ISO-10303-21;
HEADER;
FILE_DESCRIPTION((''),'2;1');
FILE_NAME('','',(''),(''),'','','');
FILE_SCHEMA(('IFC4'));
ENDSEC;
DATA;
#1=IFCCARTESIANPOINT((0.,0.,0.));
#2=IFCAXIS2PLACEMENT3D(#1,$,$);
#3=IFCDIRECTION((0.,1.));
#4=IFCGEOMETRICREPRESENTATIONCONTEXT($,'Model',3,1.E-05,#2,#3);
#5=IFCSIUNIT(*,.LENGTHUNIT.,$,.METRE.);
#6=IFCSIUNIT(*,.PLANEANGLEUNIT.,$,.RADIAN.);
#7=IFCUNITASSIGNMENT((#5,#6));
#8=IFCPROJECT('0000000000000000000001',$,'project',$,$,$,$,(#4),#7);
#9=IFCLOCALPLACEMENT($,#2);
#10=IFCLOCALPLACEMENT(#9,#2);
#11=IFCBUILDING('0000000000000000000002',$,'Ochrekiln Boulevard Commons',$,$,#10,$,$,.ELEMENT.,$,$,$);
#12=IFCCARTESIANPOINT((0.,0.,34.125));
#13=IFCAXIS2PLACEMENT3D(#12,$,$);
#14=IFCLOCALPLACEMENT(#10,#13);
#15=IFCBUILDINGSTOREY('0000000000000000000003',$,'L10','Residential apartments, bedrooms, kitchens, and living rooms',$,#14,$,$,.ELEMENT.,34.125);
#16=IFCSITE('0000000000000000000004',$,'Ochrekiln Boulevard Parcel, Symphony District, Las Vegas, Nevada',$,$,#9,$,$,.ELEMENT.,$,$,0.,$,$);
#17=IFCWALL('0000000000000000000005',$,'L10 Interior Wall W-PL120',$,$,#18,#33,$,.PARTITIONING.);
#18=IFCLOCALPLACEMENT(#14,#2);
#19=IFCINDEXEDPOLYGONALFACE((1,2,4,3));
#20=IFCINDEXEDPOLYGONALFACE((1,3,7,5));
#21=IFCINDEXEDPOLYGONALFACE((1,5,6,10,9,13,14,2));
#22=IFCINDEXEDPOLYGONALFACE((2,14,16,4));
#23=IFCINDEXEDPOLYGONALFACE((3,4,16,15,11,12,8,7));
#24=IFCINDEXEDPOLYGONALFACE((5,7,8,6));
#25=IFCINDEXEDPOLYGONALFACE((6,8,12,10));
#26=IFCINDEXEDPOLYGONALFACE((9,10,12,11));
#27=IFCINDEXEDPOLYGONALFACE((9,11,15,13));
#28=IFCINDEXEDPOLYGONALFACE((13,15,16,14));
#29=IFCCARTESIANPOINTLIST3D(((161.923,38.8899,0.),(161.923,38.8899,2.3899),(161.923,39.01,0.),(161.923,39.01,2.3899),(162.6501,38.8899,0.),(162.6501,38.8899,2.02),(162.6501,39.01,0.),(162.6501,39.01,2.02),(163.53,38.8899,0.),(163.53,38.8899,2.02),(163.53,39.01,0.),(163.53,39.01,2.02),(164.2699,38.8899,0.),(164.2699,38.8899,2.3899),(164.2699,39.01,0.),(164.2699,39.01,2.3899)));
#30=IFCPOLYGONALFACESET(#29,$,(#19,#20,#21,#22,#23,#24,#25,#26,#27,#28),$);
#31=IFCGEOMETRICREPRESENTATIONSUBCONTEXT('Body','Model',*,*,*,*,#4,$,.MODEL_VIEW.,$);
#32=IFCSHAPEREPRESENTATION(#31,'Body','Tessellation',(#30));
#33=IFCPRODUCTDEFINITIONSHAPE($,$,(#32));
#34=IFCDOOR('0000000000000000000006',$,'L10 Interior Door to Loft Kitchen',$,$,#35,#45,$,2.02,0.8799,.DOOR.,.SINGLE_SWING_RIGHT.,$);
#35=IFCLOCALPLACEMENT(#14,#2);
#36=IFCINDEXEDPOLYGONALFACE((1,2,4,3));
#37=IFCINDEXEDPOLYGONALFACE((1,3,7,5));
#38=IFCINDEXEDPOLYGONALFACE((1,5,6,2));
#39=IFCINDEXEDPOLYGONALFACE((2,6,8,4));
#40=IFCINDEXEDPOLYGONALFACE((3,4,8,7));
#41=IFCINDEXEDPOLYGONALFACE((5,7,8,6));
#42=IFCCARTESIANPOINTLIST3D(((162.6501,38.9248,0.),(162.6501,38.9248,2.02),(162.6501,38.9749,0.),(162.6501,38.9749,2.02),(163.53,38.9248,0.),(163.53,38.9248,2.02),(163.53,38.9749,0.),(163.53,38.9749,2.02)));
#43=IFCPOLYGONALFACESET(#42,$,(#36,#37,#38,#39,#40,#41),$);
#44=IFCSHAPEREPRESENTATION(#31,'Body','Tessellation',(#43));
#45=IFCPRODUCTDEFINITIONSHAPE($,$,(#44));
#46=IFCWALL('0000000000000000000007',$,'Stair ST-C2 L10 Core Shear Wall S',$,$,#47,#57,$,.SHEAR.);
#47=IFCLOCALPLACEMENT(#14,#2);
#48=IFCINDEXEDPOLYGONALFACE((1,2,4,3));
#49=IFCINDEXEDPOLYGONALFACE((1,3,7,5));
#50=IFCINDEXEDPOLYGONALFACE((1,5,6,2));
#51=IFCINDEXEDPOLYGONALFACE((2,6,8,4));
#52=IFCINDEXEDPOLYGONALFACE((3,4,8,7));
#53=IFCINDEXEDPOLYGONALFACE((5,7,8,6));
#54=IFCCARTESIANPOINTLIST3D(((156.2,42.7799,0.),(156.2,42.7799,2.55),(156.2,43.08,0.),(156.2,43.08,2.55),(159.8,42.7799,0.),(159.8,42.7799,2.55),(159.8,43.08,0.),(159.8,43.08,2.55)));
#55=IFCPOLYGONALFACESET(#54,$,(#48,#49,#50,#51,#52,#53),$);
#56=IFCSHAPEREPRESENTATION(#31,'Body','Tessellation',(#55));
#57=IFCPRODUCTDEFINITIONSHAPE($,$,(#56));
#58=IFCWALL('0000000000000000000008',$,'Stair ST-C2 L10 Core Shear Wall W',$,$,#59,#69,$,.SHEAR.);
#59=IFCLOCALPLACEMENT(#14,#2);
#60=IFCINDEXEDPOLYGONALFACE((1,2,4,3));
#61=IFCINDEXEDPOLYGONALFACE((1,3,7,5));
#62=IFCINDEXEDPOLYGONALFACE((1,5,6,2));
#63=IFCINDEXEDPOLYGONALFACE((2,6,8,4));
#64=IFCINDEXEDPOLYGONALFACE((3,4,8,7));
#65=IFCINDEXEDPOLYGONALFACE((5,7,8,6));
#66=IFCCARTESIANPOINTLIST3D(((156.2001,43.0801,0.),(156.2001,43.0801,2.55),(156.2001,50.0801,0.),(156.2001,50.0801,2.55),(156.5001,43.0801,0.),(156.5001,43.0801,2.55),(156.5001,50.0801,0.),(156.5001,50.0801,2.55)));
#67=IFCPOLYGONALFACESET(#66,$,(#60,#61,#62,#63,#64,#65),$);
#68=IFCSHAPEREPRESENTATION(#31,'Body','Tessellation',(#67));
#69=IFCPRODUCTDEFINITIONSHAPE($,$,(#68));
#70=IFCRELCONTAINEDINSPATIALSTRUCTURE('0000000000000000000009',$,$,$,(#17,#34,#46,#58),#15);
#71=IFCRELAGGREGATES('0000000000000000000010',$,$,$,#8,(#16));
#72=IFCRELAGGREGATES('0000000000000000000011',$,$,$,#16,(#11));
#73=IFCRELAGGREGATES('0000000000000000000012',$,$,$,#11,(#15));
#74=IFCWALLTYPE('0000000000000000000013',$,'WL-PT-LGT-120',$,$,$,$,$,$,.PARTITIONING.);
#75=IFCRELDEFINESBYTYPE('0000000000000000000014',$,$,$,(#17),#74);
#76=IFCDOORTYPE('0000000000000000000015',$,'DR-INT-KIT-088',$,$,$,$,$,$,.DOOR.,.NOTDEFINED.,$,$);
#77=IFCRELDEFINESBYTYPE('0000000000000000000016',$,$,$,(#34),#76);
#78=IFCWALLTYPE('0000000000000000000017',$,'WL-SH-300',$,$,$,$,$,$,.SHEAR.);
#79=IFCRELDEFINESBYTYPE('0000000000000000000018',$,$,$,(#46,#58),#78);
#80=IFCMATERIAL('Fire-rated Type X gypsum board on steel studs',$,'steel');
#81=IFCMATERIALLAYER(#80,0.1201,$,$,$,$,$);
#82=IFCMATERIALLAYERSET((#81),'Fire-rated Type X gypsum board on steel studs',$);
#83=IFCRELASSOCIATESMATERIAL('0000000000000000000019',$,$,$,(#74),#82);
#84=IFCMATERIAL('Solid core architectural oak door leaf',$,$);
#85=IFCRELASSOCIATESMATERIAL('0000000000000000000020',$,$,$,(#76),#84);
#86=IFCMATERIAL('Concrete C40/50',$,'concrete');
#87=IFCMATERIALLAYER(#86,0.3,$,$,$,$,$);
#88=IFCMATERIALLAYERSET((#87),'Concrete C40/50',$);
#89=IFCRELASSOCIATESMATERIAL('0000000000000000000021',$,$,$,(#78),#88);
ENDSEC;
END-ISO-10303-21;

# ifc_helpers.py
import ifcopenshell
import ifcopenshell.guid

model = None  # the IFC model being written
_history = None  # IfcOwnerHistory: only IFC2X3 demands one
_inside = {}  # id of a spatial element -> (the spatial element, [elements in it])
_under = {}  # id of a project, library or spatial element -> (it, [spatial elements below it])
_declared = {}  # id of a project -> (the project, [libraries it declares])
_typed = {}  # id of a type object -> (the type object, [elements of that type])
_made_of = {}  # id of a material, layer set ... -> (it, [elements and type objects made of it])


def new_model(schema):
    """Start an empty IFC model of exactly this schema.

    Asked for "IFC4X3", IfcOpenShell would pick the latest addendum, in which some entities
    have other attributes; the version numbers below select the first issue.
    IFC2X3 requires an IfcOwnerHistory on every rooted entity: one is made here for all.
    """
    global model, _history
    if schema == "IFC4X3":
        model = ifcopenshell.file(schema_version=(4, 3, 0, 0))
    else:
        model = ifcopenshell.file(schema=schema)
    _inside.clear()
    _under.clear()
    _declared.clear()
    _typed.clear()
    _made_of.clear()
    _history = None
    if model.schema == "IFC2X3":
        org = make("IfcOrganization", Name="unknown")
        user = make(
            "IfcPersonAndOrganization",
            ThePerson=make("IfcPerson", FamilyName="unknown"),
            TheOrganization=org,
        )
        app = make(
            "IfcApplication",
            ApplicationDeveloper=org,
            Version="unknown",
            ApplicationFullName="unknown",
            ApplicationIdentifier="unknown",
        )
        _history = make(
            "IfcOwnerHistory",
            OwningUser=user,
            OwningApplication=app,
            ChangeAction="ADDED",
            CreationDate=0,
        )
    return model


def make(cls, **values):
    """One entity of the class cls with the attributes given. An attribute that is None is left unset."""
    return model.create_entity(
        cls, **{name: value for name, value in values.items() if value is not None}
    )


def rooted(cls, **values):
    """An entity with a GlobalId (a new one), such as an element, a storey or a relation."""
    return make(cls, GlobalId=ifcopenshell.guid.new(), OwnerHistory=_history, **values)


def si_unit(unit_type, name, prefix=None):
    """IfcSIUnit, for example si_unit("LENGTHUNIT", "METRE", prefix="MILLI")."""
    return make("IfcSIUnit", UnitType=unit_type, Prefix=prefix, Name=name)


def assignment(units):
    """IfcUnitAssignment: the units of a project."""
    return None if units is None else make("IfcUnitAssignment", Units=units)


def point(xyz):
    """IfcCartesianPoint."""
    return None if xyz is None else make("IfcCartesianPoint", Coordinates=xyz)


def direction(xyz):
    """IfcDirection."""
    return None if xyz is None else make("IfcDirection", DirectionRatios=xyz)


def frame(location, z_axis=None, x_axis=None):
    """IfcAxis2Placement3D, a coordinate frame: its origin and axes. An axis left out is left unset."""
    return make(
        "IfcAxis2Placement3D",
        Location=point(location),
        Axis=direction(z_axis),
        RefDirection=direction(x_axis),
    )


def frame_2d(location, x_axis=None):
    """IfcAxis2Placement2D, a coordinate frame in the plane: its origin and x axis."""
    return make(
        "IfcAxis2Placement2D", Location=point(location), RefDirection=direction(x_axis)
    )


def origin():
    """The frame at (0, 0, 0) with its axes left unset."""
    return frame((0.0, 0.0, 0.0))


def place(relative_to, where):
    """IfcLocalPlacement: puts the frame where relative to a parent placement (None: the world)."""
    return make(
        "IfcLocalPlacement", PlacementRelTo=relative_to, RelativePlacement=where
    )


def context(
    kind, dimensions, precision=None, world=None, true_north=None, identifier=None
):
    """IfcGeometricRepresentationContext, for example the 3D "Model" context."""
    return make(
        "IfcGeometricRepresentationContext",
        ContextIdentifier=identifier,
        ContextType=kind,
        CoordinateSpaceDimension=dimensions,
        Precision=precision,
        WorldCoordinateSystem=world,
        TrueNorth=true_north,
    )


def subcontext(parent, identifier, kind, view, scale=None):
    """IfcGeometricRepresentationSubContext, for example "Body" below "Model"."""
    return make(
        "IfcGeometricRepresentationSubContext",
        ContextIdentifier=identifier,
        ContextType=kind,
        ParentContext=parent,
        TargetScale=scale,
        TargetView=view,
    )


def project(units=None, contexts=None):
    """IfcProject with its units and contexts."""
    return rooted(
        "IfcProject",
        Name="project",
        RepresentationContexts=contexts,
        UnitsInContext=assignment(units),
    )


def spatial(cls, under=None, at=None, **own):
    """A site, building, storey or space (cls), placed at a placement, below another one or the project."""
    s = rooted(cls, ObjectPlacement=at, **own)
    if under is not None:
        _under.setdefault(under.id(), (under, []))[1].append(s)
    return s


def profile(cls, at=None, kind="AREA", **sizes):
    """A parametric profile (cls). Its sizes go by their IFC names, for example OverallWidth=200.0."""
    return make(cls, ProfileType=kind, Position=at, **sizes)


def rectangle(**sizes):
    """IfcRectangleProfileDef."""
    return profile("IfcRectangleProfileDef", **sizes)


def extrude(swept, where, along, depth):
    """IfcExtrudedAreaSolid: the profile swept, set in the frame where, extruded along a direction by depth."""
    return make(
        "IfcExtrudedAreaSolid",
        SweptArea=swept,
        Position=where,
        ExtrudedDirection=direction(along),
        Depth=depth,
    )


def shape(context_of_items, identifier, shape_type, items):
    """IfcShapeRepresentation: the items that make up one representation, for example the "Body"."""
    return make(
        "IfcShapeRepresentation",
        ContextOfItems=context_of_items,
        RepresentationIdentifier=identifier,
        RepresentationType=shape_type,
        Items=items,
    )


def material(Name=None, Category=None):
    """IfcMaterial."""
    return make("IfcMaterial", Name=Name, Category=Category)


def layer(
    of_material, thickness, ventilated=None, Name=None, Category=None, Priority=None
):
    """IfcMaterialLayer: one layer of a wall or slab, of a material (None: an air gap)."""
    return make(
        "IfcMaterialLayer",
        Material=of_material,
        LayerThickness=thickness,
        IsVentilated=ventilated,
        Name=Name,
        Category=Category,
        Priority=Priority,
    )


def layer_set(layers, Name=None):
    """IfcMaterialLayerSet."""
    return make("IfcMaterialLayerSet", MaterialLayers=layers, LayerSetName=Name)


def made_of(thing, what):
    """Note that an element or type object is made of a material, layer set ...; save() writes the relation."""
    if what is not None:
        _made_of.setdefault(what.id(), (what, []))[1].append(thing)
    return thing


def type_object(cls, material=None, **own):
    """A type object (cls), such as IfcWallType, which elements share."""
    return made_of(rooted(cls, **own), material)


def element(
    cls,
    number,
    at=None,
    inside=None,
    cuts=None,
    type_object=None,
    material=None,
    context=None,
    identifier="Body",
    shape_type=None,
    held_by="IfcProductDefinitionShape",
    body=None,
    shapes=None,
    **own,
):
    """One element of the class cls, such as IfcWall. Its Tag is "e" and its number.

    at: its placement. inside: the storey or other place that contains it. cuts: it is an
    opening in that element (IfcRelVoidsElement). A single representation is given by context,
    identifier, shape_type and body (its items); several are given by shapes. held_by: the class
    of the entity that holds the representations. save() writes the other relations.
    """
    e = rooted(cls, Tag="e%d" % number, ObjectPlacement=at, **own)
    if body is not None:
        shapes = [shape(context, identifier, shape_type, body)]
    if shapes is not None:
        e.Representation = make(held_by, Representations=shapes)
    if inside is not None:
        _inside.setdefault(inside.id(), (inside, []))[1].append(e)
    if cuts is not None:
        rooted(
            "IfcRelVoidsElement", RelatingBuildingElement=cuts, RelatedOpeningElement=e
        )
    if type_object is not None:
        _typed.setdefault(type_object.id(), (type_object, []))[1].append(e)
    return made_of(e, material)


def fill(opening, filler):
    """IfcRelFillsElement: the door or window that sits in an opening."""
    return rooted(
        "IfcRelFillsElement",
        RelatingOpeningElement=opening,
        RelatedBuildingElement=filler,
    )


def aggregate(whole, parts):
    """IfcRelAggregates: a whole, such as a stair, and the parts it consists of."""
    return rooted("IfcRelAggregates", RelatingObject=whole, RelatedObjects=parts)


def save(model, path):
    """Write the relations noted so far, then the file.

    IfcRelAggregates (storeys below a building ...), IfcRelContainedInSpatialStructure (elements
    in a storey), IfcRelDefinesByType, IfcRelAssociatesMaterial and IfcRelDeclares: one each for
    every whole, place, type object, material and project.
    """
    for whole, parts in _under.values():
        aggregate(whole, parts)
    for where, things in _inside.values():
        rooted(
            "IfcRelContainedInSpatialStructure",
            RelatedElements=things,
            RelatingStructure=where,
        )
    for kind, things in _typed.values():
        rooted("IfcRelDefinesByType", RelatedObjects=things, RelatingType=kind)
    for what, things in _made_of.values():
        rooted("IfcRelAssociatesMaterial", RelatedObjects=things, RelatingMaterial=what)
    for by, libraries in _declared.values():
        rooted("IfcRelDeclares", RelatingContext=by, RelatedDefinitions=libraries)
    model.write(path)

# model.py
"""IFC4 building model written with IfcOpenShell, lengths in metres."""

from ifc_helpers import new_model, si_unit, direction, frame, frame_2d, origin, place, context, subcontext, project, spatial, rectangle, extrude, material, layer, layer_set, type_object, element, fill, save


model = new_model("IFC4")

# Units and contexts
model_context = context("Model", 3, precision=1e-05, world=origin(), true_north=direction((0.0, 1.0)))
body_context = subcontext(model_context, "Body", "Model", "MODEL_VIEW")
ifc_project = project(units=[si_unit("LENGTHUNIT", "METRE"), si_unit("PLANEANGLEUNIT", "RADIAN")], contexts=[model_context])

# Site, building, storey
site_placement = place(None, origin())
site = spatial("IfcSite", under=ifc_project, at=site_placement, Name="Ochrekiln Boulevard Parcel, Symphony District, Las Vegas, Nevada", CompositionType="ELEMENT", RefElevation=0.0)
building_placement = place(site_placement, origin())
building = spatial("IfcBuilding", under=site, at=building_placement, Name="Ochrekiln Boulevard Commons", CompositionType="ELEMENT")
storey_placement = place(building_placement, frame((0.0, 0.0, 34.125)))
storey = spatial("IfcBuildingStorey", under=building, at=storey_placement, Name="L10", Description="Residential apartments, bedrooms, kitchens, and living rooms", CompositionType="ELEMENT", Elevation=34.125)

# Shared definitions
ifc_material_1 = material(Name="Concrete C40/50", Category="concrete")

# Shared definitions
ifc_material_2 = material(Name="Fire-rated Type X gypsum board on steel studs", Category="steel")

# Wall, opening, door
ifc_layer_1 = layer(ifc_material_2, 0.1201)
ifc_layer_set_1 = layer_set([ifc_layer_1], Name="Fire-rated Type X gypsum board on steel studs")
wall_type_1 = type_object("IfcWallType", Name="WL-PT-LGT-120", PredefinedType="PARTITIONING", material=ifc_layer_set_1)
ifc_material_3 = material(Name="Solid core architectural oak door leaf")
door_type_1 = type_object("IfcDoorType", Name="DR-INT-KIT-088", OperationType="NOTDEFINED", PredefinedType="DOOR", material=ifc_material_3)
wall_1_placement = place(storey_placement, frame((161.9231, 38.95, 0.0), z_axis=(0.0, 0.0, 1.0), x_axis=(1.0, 0.0, 0.0)))
wall_1 = element("IfcWall", 1, at=wall_1_placement, inside=storey, type_object=wall_type_1, Name="L10 Interior Wall W-PL120", PredefinedType="PARTITIONING", context=body_context, shape_type="SweptSolid", body=[
    extrude(rectangle(XDim=2.3469, YDim=0.1201, at=frame_2d((1.1733, 0.0))), origin(), (0.0, 0.0, 1.0), 2.3899),
])
opening_1_placement = place(wall_1_placement, frame((0.7271, 0.0, 0.0)))
opening_1 = element("IfcOpeningElement", 2, at=opening_1_placement, cuts=wall_1, PredefinedType="OPENING", context=body_context, shape_type="SweptSolid", body=[
    extrude(rectangle(XDim=0.8799, YDim=2.02, at=frame_2d((0.4399, 1.01))), frame((0.0, 0.0701, 0.0), z_axis=(0.0, -1.0, 0.0), x_axis=(1.0, 0.0, 0.0)), (0.0, 0.0, 1.0), 0.1401),
])
door_1_placement = place(opening_1_placement, origin())
door_1 = element("IfcDoor", 3, at=door_1_placement, inside=storey, type_object=door_type_1, Name="L10 Interior Door to Loft Kitchen", OperationType="SINGLE_SWING_RIGHT", OverallHeight=2.02, OverallWidth=0.8799, PredefinedType="DOOR", context=body_context, shape_type="SweptSolid", body=[
    extrude(rectangle(XDim=0.8799, YDim=2.02, at=frame_2d((0.4399, 1.01))), frame((0.0, 0.0249, 0.0), z_axis=(0.0, -1.0, 0.0), x_axis=(1.0, 0.0, 0.0)), (0.0, 0.0, 1.0), 0.05),
])
fill(opening_1, door_1)

# Walls
ifc_layer_2 = layer(ifc_material_1, 0.3)
ifc_layer_set_2 = layer_set([ifc_layer_2], Name="Concrete C40/50")
wall_type_2 = type_object("IfcWallType", Name="WL-SH-300", PredefinedType="SHEAR", material=ifc_layer_set_2)
wall_2_placement = place(storey_placement, frame((156.2, 42.9299, 0.0), z_axis=(0.0, 0.0, 1.0), x_axis=(1.0, 0.0, 0.0)))
element("IfcWall", 4, at=wall_2_placement, inside=storey, type_object=wall_type_2, Name="Stair ST-C2 L10 Core Shear Wall S", PredefinedType="SHEAR", context=body_context, shape_type="SweptSolid", body=[
    extrude(rectangle(XDim=3.6001, YDim=0.3, at=frame_2d((1.8, 0.0))), origin(), (0.0, 0.0, 1.0), 2.55),
])
wall_3_placement = place(storey_placement, frame((156.3501, 43.0801, 0.0), z_axis=(0.0, 0.0, 1.0), x_axis=(0.0, 1.0, 0.0)))
element("IfcWall", 5, at=wall_3_placement, inside=storey, type_object=wall_type_2, Name="Stair ST-C2 L10 Core Shear Wall W", PredefinedType="SHEAR", context=body_context, shape_type="SweptSolid", body=[
    extrude(rectangle(XDim=7.0, YDim=0.3, at=frame_2d((3.5, 0.0))), origin(), (0.0, 0.0, 1.0), 2.55),
])

save(model, "model.ifc")
